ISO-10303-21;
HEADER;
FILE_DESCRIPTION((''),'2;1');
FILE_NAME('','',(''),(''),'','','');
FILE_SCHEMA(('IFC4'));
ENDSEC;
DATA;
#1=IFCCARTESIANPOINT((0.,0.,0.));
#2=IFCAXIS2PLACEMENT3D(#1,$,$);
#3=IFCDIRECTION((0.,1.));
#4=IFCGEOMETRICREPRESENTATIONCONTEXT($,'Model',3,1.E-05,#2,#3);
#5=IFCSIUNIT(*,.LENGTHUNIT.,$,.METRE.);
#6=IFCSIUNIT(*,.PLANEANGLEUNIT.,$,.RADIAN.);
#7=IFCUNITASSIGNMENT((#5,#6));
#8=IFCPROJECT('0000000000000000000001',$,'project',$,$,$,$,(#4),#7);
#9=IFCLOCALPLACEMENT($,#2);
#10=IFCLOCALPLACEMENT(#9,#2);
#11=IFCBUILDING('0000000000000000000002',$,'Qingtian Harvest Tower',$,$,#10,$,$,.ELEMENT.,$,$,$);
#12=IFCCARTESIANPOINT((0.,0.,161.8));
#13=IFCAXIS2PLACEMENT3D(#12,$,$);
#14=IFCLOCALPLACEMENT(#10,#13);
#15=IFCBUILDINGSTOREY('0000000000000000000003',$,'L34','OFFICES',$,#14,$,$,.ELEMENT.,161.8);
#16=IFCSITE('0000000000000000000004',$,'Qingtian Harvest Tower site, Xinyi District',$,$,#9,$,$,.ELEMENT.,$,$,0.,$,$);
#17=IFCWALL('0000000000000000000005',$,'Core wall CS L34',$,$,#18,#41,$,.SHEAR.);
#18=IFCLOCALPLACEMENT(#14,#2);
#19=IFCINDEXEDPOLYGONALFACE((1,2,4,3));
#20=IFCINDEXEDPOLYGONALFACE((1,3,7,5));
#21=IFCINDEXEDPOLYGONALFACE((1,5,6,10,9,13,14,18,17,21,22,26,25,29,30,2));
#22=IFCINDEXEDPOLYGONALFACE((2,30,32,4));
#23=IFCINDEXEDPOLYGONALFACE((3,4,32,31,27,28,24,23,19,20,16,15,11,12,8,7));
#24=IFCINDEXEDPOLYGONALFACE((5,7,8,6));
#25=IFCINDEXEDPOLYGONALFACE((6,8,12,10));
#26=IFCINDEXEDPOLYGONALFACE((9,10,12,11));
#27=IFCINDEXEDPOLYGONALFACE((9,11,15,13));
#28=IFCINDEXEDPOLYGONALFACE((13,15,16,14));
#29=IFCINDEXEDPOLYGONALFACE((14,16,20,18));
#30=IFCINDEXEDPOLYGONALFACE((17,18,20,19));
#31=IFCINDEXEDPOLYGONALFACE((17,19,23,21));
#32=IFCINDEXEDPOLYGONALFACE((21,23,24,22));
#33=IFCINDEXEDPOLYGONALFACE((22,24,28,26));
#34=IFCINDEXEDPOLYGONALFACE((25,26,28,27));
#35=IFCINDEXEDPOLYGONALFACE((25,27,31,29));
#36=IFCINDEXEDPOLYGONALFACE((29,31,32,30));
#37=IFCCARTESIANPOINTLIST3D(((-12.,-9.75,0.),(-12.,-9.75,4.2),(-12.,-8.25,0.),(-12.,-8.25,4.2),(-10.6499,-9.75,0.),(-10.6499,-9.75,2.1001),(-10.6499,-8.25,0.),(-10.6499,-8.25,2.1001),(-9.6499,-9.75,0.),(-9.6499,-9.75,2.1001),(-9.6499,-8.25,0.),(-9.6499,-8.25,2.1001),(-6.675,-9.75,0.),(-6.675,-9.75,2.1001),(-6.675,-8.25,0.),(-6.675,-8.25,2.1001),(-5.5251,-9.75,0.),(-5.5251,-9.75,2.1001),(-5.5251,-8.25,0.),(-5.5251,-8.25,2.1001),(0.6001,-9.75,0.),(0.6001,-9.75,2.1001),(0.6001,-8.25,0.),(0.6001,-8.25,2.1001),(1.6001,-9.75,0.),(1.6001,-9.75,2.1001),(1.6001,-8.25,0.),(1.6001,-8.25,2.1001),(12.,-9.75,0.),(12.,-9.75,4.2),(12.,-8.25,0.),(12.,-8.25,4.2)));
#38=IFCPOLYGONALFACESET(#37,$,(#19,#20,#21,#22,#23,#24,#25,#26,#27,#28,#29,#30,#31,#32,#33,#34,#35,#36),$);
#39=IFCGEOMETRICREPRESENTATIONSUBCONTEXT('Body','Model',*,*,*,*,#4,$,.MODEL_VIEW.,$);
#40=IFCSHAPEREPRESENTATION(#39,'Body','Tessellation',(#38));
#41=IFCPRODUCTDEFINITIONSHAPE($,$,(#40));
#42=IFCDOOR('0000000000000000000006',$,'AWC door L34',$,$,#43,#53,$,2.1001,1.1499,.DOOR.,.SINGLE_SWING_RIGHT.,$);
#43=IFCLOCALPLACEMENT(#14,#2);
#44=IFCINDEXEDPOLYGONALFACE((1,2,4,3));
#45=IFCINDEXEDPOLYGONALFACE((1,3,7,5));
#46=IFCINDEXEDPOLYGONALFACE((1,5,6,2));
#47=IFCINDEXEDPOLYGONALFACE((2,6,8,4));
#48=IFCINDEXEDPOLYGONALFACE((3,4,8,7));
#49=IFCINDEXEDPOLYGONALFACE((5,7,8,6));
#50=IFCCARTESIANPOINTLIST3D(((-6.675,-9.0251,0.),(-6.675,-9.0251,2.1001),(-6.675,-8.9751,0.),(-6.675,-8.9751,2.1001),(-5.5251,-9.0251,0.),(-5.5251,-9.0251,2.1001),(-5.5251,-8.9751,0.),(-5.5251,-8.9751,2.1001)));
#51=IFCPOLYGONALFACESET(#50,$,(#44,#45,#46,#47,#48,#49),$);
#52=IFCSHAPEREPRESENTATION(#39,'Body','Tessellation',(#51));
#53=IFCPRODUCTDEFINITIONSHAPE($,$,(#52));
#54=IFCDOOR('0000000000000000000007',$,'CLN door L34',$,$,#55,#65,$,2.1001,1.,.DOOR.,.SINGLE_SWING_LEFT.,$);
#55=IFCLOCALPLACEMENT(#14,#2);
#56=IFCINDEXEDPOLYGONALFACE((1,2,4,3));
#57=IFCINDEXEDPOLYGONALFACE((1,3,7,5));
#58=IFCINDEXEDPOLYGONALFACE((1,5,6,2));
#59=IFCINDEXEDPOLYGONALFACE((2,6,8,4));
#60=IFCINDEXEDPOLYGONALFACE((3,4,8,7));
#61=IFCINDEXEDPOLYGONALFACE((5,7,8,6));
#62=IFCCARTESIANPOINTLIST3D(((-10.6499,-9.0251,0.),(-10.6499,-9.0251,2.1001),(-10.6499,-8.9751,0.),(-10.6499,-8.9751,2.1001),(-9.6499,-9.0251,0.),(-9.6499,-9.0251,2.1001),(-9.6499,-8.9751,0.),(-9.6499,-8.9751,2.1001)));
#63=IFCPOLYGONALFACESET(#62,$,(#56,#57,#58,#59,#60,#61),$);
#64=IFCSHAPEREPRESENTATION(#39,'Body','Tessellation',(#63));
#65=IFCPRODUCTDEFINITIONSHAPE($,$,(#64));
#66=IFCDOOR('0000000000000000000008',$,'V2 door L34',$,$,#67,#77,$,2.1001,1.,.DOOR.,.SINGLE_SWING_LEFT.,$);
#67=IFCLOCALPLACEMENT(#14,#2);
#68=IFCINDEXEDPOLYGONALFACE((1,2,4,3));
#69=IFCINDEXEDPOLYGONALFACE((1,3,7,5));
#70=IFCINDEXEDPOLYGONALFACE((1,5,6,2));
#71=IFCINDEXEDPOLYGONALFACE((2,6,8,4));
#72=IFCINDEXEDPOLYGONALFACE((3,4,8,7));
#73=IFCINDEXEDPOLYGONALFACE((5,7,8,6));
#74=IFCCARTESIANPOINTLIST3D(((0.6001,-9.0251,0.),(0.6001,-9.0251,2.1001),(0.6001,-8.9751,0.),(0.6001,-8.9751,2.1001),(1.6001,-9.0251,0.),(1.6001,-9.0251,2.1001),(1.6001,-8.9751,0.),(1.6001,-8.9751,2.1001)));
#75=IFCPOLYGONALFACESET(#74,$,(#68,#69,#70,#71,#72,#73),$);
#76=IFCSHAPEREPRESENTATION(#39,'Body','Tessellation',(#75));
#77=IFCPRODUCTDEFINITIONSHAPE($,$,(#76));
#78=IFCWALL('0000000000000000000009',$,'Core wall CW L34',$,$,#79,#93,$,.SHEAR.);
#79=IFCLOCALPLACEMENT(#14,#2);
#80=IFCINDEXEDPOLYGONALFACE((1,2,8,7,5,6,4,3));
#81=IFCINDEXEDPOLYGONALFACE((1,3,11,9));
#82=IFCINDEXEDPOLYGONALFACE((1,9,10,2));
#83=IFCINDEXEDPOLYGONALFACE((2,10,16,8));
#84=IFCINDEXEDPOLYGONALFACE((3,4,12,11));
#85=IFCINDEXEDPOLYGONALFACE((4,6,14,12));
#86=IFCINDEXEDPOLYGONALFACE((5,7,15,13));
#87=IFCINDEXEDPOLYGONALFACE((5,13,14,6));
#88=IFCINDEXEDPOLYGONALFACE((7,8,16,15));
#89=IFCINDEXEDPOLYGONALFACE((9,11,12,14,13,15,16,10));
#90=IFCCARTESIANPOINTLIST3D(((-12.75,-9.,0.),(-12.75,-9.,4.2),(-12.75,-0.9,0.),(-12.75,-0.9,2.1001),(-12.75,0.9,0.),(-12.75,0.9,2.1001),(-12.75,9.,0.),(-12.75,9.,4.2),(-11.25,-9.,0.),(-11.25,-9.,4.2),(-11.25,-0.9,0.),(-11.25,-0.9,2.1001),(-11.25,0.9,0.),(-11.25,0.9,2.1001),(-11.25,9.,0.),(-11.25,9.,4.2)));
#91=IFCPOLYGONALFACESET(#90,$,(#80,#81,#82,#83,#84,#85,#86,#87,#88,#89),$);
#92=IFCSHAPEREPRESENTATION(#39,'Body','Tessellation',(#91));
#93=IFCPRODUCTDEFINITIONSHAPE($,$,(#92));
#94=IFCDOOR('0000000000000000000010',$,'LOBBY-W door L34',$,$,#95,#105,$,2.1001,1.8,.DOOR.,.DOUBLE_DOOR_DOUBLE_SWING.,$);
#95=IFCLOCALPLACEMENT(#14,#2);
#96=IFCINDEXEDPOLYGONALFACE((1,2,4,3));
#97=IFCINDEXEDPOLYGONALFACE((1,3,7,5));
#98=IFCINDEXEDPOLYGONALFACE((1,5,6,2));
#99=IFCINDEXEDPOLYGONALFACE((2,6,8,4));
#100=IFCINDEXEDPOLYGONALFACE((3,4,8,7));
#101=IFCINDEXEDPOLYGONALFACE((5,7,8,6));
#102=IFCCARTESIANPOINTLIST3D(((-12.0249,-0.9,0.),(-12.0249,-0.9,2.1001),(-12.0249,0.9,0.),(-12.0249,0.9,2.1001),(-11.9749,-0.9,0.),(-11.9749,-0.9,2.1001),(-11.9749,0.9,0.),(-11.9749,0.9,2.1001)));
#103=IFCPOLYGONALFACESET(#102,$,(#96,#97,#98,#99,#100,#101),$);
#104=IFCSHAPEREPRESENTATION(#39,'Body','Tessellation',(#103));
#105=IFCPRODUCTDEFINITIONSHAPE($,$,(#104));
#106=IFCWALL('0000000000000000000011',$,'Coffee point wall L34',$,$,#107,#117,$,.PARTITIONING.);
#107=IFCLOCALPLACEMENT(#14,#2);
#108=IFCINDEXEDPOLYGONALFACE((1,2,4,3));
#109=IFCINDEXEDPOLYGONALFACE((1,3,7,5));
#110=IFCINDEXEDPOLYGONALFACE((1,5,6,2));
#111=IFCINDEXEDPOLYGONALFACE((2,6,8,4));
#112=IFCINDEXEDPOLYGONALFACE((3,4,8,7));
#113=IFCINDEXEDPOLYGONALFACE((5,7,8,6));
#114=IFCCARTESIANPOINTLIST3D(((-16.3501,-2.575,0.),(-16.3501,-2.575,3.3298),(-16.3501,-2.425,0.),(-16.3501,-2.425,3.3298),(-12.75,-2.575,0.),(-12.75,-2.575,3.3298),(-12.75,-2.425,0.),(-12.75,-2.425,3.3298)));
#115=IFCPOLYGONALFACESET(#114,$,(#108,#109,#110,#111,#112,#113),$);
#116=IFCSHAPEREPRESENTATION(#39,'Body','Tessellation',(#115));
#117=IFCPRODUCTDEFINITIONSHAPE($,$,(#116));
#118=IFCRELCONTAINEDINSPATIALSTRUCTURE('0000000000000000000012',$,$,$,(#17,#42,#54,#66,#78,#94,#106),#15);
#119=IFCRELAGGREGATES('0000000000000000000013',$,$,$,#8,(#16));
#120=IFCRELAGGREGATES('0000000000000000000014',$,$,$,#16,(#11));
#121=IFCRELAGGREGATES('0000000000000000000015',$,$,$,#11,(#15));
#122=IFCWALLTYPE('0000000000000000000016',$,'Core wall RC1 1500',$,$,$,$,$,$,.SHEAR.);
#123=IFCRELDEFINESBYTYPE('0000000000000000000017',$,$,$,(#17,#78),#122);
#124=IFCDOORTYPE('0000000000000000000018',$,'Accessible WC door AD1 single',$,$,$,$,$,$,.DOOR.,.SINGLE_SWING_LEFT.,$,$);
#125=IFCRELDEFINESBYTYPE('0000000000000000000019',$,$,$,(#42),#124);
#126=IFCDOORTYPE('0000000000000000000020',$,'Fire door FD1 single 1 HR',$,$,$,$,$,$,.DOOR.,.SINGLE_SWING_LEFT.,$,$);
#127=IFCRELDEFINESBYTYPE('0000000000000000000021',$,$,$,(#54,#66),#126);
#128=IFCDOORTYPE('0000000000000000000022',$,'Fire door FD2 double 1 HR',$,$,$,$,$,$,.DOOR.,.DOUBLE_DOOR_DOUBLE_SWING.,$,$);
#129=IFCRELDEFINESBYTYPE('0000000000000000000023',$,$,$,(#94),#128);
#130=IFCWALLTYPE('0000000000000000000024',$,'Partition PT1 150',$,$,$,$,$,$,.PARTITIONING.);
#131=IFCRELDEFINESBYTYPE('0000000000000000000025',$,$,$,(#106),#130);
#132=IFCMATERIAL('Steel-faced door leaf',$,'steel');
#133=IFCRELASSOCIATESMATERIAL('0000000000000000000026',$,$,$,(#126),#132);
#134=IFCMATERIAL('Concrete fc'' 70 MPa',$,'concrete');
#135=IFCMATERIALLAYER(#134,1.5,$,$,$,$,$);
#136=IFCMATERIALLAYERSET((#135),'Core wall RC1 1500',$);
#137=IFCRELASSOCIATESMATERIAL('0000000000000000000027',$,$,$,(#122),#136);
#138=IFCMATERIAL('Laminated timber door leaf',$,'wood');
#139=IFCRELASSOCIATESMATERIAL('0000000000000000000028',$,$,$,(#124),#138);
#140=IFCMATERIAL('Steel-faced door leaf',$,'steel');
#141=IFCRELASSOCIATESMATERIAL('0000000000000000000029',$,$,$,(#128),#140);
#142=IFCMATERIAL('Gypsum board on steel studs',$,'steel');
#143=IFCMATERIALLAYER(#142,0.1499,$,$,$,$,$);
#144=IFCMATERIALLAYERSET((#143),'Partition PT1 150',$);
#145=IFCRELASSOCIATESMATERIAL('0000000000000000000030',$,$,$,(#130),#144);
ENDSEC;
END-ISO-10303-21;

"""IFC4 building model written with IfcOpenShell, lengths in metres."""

from ifc_helpers import new_model, si_unit, direction, frame, frame_2d, origin, place, context, subcontext, project, spatial, rectangle, extrude, material, layer, layer_set, type_object, element, fill, save


model = new_model("IFC4")

# Units and contexts
model_context = context("Model", 3, precision=1e-05, world=origin(), true_north=direction((0.0, 1.0)))
body_context = subcontext(model_context, "Body", "Model", "MODEL_VIEW")
ifc_project = project(units=[si_unit("LENGTHUNIT", "METRE"), si_unit("PLANEANGLEUNIT", "RADIAN")], contexts=[model_context])

# Site, building, storey
site_placement = place(None, origin())
site = spatial("IfcSite", under=ifc_project, at=site_placement, Name="Qingtian Harvest Tower site, Xinyi District", CompositionType="ELEMENT", RefElevation=0.0)
building_placement = place(site_placement, origin())
building = spatial("IfcBuilding", under=site, at=building_placement, Name="Qingtian Harvest Tower", CompositionType="ELEMENT")
storey_placement = place(building_placement, frame((0.0, 0.0, 161.8)))
storey = spatial("IfcBuildingStorey", under=building, at=storey_placement, Name="L34", Description="OFFICES", CompositionType="ELEMENT", Elevation=161.8)

# Shared definitions
ifc_material_1 = material(Name="Steel-faced door leaf", Category="steel")
door_type_1 = type_object("IfcDoorType", Name="Fire door FD1 single 1 HR", OperationType="SINGLE_SWING_LEFT", PredefinedType="DOOR", material=ifc_material_1)

# Wall, openings, doors
ifc_material_2 = material(Name="Concrete fc' 70 MPa", Category="concrete")
ifc_layer_1 = layer(ifc_material_2, 1.5)
ifc_layer_set_1 = layer_set([ifc_layer_1], Name="Core wall RC1 1500")
wall_type_1 = type_object("IfcWallType", Name="Core wall RC1 1500", PredefinedType="SHEAR", material=ifc_layer_set_1)
wall_1_placement = place(storey_placement, frame((-12.0, -9.0, 0.0), z_axis=(0.0, 0.0, 1.0), x_axis=(1.0, 0.0, 0.0)))
wall_1 = element("IfcWall", 1, at=wall_1_placement, inside=storey, type_object=wall_type_1, Name="Core wall CS L34", PredefinedType="SHEAR", context=body_context, shape_type="SweptSolid", body=[
    extrude(rectangle(XDim=24.0, YDim=1.5, at=frame_2d((12.0, 0.0))), origin(), (0.0, 0.0, 1.0), 4.2),
])
opening_1_placement = place(wall_1_placement, frame((1.3501, 0.0, 0.0)))
opening_1 = element("IfcOpeningElement", 2, at=opening_1_placement, cuts=wall_1, PredefinedType="OPENING", context=body_context, shape_type="SweptSolid", body=[
    extrude(rectangle(XDim=1.0, YDim=2.1001, at=frame_2d((0.5, 1.05))), frame((0.0, 0.76, 0.0), z_axis=(0.0, -1.0, 0.0), x_axis=(1.0, 0.0, 0.0)), (0.0, 0.0, 1.0), 1.52),
])
opening_2_placement = place(wall_1_placement, frame((5.325, 0.0, 0.0)))
opening_2 = element("IfcOpeningElement", 3, at=opening_2_placement, cuts=wall_1, PredefinedType="OPENING", context=body_context, shape_type="SweptSolid", body=[
    extrude(rectangle(XDim=1.1499, YDim=2.1001, at=frame_2d((0.575, 1.05))), frame((0.0, 0.76, 0.0), z_axis=(0.0, -1.0, 0.0), x_axis=(1.0, 0.0, 0.0)), (0.0, 0.0, 1.0), 1.52),
])
opening_3_placement = place(wall_1_placement, frame((12.6001, 0.0, 0.0)))
opening_3 = element("IfcOpeningElement", 4, at=opening_3_placement, cuts=wall_1, PredefinedType="OPENING", context=body_context, shape_type="SweptSolid", body=[
    extrude(rectangle(XDim=1.0, YDim=2.1001, at=frame_2d((0.5, 1.05))), frame((0.0, 0.76, 0.0), z_axis=(0.0, -1.0, 0.0), x_axis=(1.0, 0.0, 0.0)), (0.0, 0.0, 1.0), 1.52),
])
ifc_material_3 = material(Name="Laminated timber door leaf", Category="wood")
door_type_2 = type_object("IfcDoorType", Name="Accessible WC door AD1 single", OperationType="SINGLE_SWING_LEFT", PredefinedType="DOOR", material=ifc_material_3)
door_1_placement = place(opening_2_placement, origin())
door_1 = element("IfcDoor", 5, at=door_1_placement, inside=storey, type_object=door_type_2, Name="AWC door L34", OperationType="SINGLE_SWING_RIGHT", OverallHeight=2.1001, OverallWidth=1.1499, PredefinedType="DOOR", context=body_context, shape_type="SweptSolid", body=[
    extrude(rectangle(XDim=1.1499, YDim=2.1001, at=frame_2d((0.575, 1.05))), frame((0.0, 0.0249, 0.0), z_axis=(0.0, -1.0, 0.0), x_axis=(1.0, 0.0, 0.0)), (0.0, 0.0, 1.0), 0.05),
])
fill(opening_2, door_1)
door_2_placement = place(opening_1_placement, origin())
door_2 = element("IfcDoor", 6, at=door_2_placement, inside=storey, type_object=door_type_1, Name="CLN door L34", OperationType="SINGLE_SWING_LEFT", OverallHeight=2.1001, OverallWidth=1.0, PredefinedType="DOOR", context=body_context, shape_type="SweptSolid", body=[
    extrude(rectangle(XDim=1.0, YDim=2.1001, at=frame_2d((0.5, 1.05))), frame((0.0, 0.0249, 0.0), z_axis=(0.0, -1.0, 0.0), x_axis=(1.0, 0.0, 0.0)), (0.0, 0.0, 1.0), 0.05),
])
fill(opening_1, door_2)
door_3_placement = place(opening_3_placement, origin())
door_3 = element("IfcDoor", 7, at=door_3_placement, inside=storey, type_object=door_type_1, Name="V2 door L34", OperationType="SINGLE_SWING_LEFT", OverallHeight=2.1001, OverallWidth=1.0, PredefinedType="DOOR", context=body_context, shape_type="SweptSolid", body=[
    extrude(rectangle(XDim=1.0, YDim=2.1001, at=frame_2d((0.5, 1.05))), frame((0.0, 0.0249, 0.0), z_axis=(0.0, -1.0, 0.0), x_axis=(1.0, 0.0, 0.0)), (0.0, 0.0, 1.0), 0.05),
])
fill(opening_3, door_3)

# Wall, opening, door
wall_2_placement = place(storey_placement, frame((-12.0, -9.0, 0.0), z_axis=(0.0, 0.0, 1.0), x_axis=(0.0, 1.0, 0.0)))
wall_2 = element("IfcWall", 8, at=wall_2_placement, inside=storey, type_object=wall_type_1, Name="Core wall CW L34", PredefinedType="SHEAR", context=body_context, shape_type="SweptSolid", body=[
    extrude(rectangle(XDim=18.0, YDim=1.5, at=frame_2d((9.0, 0.0))), origin(), (0.0, 0.0, 1.0), 4.2),
])
opening_4_placement = place(wall_2_placement, frame((8.1001, 0.0, 0.0)))
opening_4 = element("IfcOpeningElement", 9, at=opening_4_placement, cuts=wall_2, PredefinedType="OPENING", context=body_context, shape_type="SweptSolid", body=[
    extrude(rectangle(XDim=1.8, YDim=2.1001, at=frame_2d((0.8999, 1.05))), frame((0.0, 0.76, 0.0), z_axis=(0.0, -1.0, 0.0), x_axis=(1.0, 0.0, 0.0)), (0.0, 0.0, 1.0), 1.52),
])
ifc_material_4 = material(Name="Steel-faced door leaf", Category="steel")
door_type_3 = type_object("IfcDoorType", Name="Fire door FD2 double 1 HR", OperationType="DOUBLE_DOOR_DOUBLE_SWING", PredefinedType="DOOR", material=ifc_material_4)
door_4_placement = place(opening_4_placement, origin())
door_4 = element("IfcDoor", 10, at=door_4_placement, inside=storey, type_object=door_type_3, Name="LOBBY-W door L34", OperationType="DOUBLE_DOOR_DOUBLE_SWING", OverallHeight=2.1001, OverallWidth=1.8, PredefinedType="DOOR", context=body_context, shape_type="SweptSolid", body=[
    extrude(rectangle(XDim=1.8, YDim=2.1001, at=frame_2d((0.8999, 1.05))), frame((0.0, 0.0249, 0.0), z_axis=(0.0, -1.0, 0.0), x_axis=(1.0, 0.0, 0.0)), (0.0, 0.0, 1.0), 0.05),
])
fill(opening_4, door_4)
ifc_material_5 = material(Name="Gypsum board on steel studs", Category="steel")
ifc_layer_2 = layer(ifc_material_5, 0.1499)
ifc_layer_set_2 = layer_set([ifc_layer_2], Name="Partition PT1 150")
wall_type_2 = type_object("IfcWallType", Name="Partition PT1 150", PredefinedType="PARTITIONING", material=ifc_layer_set_2)

# Wall
wall_3_placement = place(storey_placement, frame((-12.75, -2.5, 0.0), z_axis=(0.0, 0.0, 1.0), x_axis=(-1.0, 0.0, 0.0)))
element("IfcWall", 11, at=wall_3_placement, inside=storey, type_object=wall_type_2, Name="Coffee point wall L34", PredefinedType="PARTITIONING", context=body_context, shape_type="SweptSolid", body=[
    extrude(rectangle(XDim=3.6001, YDim=0.1499, at=frame_2d((1.8, 0.0))), origin(), (0.0, 0.0, 1.0), 3.3298),
])

save(model, "model.ifc")
